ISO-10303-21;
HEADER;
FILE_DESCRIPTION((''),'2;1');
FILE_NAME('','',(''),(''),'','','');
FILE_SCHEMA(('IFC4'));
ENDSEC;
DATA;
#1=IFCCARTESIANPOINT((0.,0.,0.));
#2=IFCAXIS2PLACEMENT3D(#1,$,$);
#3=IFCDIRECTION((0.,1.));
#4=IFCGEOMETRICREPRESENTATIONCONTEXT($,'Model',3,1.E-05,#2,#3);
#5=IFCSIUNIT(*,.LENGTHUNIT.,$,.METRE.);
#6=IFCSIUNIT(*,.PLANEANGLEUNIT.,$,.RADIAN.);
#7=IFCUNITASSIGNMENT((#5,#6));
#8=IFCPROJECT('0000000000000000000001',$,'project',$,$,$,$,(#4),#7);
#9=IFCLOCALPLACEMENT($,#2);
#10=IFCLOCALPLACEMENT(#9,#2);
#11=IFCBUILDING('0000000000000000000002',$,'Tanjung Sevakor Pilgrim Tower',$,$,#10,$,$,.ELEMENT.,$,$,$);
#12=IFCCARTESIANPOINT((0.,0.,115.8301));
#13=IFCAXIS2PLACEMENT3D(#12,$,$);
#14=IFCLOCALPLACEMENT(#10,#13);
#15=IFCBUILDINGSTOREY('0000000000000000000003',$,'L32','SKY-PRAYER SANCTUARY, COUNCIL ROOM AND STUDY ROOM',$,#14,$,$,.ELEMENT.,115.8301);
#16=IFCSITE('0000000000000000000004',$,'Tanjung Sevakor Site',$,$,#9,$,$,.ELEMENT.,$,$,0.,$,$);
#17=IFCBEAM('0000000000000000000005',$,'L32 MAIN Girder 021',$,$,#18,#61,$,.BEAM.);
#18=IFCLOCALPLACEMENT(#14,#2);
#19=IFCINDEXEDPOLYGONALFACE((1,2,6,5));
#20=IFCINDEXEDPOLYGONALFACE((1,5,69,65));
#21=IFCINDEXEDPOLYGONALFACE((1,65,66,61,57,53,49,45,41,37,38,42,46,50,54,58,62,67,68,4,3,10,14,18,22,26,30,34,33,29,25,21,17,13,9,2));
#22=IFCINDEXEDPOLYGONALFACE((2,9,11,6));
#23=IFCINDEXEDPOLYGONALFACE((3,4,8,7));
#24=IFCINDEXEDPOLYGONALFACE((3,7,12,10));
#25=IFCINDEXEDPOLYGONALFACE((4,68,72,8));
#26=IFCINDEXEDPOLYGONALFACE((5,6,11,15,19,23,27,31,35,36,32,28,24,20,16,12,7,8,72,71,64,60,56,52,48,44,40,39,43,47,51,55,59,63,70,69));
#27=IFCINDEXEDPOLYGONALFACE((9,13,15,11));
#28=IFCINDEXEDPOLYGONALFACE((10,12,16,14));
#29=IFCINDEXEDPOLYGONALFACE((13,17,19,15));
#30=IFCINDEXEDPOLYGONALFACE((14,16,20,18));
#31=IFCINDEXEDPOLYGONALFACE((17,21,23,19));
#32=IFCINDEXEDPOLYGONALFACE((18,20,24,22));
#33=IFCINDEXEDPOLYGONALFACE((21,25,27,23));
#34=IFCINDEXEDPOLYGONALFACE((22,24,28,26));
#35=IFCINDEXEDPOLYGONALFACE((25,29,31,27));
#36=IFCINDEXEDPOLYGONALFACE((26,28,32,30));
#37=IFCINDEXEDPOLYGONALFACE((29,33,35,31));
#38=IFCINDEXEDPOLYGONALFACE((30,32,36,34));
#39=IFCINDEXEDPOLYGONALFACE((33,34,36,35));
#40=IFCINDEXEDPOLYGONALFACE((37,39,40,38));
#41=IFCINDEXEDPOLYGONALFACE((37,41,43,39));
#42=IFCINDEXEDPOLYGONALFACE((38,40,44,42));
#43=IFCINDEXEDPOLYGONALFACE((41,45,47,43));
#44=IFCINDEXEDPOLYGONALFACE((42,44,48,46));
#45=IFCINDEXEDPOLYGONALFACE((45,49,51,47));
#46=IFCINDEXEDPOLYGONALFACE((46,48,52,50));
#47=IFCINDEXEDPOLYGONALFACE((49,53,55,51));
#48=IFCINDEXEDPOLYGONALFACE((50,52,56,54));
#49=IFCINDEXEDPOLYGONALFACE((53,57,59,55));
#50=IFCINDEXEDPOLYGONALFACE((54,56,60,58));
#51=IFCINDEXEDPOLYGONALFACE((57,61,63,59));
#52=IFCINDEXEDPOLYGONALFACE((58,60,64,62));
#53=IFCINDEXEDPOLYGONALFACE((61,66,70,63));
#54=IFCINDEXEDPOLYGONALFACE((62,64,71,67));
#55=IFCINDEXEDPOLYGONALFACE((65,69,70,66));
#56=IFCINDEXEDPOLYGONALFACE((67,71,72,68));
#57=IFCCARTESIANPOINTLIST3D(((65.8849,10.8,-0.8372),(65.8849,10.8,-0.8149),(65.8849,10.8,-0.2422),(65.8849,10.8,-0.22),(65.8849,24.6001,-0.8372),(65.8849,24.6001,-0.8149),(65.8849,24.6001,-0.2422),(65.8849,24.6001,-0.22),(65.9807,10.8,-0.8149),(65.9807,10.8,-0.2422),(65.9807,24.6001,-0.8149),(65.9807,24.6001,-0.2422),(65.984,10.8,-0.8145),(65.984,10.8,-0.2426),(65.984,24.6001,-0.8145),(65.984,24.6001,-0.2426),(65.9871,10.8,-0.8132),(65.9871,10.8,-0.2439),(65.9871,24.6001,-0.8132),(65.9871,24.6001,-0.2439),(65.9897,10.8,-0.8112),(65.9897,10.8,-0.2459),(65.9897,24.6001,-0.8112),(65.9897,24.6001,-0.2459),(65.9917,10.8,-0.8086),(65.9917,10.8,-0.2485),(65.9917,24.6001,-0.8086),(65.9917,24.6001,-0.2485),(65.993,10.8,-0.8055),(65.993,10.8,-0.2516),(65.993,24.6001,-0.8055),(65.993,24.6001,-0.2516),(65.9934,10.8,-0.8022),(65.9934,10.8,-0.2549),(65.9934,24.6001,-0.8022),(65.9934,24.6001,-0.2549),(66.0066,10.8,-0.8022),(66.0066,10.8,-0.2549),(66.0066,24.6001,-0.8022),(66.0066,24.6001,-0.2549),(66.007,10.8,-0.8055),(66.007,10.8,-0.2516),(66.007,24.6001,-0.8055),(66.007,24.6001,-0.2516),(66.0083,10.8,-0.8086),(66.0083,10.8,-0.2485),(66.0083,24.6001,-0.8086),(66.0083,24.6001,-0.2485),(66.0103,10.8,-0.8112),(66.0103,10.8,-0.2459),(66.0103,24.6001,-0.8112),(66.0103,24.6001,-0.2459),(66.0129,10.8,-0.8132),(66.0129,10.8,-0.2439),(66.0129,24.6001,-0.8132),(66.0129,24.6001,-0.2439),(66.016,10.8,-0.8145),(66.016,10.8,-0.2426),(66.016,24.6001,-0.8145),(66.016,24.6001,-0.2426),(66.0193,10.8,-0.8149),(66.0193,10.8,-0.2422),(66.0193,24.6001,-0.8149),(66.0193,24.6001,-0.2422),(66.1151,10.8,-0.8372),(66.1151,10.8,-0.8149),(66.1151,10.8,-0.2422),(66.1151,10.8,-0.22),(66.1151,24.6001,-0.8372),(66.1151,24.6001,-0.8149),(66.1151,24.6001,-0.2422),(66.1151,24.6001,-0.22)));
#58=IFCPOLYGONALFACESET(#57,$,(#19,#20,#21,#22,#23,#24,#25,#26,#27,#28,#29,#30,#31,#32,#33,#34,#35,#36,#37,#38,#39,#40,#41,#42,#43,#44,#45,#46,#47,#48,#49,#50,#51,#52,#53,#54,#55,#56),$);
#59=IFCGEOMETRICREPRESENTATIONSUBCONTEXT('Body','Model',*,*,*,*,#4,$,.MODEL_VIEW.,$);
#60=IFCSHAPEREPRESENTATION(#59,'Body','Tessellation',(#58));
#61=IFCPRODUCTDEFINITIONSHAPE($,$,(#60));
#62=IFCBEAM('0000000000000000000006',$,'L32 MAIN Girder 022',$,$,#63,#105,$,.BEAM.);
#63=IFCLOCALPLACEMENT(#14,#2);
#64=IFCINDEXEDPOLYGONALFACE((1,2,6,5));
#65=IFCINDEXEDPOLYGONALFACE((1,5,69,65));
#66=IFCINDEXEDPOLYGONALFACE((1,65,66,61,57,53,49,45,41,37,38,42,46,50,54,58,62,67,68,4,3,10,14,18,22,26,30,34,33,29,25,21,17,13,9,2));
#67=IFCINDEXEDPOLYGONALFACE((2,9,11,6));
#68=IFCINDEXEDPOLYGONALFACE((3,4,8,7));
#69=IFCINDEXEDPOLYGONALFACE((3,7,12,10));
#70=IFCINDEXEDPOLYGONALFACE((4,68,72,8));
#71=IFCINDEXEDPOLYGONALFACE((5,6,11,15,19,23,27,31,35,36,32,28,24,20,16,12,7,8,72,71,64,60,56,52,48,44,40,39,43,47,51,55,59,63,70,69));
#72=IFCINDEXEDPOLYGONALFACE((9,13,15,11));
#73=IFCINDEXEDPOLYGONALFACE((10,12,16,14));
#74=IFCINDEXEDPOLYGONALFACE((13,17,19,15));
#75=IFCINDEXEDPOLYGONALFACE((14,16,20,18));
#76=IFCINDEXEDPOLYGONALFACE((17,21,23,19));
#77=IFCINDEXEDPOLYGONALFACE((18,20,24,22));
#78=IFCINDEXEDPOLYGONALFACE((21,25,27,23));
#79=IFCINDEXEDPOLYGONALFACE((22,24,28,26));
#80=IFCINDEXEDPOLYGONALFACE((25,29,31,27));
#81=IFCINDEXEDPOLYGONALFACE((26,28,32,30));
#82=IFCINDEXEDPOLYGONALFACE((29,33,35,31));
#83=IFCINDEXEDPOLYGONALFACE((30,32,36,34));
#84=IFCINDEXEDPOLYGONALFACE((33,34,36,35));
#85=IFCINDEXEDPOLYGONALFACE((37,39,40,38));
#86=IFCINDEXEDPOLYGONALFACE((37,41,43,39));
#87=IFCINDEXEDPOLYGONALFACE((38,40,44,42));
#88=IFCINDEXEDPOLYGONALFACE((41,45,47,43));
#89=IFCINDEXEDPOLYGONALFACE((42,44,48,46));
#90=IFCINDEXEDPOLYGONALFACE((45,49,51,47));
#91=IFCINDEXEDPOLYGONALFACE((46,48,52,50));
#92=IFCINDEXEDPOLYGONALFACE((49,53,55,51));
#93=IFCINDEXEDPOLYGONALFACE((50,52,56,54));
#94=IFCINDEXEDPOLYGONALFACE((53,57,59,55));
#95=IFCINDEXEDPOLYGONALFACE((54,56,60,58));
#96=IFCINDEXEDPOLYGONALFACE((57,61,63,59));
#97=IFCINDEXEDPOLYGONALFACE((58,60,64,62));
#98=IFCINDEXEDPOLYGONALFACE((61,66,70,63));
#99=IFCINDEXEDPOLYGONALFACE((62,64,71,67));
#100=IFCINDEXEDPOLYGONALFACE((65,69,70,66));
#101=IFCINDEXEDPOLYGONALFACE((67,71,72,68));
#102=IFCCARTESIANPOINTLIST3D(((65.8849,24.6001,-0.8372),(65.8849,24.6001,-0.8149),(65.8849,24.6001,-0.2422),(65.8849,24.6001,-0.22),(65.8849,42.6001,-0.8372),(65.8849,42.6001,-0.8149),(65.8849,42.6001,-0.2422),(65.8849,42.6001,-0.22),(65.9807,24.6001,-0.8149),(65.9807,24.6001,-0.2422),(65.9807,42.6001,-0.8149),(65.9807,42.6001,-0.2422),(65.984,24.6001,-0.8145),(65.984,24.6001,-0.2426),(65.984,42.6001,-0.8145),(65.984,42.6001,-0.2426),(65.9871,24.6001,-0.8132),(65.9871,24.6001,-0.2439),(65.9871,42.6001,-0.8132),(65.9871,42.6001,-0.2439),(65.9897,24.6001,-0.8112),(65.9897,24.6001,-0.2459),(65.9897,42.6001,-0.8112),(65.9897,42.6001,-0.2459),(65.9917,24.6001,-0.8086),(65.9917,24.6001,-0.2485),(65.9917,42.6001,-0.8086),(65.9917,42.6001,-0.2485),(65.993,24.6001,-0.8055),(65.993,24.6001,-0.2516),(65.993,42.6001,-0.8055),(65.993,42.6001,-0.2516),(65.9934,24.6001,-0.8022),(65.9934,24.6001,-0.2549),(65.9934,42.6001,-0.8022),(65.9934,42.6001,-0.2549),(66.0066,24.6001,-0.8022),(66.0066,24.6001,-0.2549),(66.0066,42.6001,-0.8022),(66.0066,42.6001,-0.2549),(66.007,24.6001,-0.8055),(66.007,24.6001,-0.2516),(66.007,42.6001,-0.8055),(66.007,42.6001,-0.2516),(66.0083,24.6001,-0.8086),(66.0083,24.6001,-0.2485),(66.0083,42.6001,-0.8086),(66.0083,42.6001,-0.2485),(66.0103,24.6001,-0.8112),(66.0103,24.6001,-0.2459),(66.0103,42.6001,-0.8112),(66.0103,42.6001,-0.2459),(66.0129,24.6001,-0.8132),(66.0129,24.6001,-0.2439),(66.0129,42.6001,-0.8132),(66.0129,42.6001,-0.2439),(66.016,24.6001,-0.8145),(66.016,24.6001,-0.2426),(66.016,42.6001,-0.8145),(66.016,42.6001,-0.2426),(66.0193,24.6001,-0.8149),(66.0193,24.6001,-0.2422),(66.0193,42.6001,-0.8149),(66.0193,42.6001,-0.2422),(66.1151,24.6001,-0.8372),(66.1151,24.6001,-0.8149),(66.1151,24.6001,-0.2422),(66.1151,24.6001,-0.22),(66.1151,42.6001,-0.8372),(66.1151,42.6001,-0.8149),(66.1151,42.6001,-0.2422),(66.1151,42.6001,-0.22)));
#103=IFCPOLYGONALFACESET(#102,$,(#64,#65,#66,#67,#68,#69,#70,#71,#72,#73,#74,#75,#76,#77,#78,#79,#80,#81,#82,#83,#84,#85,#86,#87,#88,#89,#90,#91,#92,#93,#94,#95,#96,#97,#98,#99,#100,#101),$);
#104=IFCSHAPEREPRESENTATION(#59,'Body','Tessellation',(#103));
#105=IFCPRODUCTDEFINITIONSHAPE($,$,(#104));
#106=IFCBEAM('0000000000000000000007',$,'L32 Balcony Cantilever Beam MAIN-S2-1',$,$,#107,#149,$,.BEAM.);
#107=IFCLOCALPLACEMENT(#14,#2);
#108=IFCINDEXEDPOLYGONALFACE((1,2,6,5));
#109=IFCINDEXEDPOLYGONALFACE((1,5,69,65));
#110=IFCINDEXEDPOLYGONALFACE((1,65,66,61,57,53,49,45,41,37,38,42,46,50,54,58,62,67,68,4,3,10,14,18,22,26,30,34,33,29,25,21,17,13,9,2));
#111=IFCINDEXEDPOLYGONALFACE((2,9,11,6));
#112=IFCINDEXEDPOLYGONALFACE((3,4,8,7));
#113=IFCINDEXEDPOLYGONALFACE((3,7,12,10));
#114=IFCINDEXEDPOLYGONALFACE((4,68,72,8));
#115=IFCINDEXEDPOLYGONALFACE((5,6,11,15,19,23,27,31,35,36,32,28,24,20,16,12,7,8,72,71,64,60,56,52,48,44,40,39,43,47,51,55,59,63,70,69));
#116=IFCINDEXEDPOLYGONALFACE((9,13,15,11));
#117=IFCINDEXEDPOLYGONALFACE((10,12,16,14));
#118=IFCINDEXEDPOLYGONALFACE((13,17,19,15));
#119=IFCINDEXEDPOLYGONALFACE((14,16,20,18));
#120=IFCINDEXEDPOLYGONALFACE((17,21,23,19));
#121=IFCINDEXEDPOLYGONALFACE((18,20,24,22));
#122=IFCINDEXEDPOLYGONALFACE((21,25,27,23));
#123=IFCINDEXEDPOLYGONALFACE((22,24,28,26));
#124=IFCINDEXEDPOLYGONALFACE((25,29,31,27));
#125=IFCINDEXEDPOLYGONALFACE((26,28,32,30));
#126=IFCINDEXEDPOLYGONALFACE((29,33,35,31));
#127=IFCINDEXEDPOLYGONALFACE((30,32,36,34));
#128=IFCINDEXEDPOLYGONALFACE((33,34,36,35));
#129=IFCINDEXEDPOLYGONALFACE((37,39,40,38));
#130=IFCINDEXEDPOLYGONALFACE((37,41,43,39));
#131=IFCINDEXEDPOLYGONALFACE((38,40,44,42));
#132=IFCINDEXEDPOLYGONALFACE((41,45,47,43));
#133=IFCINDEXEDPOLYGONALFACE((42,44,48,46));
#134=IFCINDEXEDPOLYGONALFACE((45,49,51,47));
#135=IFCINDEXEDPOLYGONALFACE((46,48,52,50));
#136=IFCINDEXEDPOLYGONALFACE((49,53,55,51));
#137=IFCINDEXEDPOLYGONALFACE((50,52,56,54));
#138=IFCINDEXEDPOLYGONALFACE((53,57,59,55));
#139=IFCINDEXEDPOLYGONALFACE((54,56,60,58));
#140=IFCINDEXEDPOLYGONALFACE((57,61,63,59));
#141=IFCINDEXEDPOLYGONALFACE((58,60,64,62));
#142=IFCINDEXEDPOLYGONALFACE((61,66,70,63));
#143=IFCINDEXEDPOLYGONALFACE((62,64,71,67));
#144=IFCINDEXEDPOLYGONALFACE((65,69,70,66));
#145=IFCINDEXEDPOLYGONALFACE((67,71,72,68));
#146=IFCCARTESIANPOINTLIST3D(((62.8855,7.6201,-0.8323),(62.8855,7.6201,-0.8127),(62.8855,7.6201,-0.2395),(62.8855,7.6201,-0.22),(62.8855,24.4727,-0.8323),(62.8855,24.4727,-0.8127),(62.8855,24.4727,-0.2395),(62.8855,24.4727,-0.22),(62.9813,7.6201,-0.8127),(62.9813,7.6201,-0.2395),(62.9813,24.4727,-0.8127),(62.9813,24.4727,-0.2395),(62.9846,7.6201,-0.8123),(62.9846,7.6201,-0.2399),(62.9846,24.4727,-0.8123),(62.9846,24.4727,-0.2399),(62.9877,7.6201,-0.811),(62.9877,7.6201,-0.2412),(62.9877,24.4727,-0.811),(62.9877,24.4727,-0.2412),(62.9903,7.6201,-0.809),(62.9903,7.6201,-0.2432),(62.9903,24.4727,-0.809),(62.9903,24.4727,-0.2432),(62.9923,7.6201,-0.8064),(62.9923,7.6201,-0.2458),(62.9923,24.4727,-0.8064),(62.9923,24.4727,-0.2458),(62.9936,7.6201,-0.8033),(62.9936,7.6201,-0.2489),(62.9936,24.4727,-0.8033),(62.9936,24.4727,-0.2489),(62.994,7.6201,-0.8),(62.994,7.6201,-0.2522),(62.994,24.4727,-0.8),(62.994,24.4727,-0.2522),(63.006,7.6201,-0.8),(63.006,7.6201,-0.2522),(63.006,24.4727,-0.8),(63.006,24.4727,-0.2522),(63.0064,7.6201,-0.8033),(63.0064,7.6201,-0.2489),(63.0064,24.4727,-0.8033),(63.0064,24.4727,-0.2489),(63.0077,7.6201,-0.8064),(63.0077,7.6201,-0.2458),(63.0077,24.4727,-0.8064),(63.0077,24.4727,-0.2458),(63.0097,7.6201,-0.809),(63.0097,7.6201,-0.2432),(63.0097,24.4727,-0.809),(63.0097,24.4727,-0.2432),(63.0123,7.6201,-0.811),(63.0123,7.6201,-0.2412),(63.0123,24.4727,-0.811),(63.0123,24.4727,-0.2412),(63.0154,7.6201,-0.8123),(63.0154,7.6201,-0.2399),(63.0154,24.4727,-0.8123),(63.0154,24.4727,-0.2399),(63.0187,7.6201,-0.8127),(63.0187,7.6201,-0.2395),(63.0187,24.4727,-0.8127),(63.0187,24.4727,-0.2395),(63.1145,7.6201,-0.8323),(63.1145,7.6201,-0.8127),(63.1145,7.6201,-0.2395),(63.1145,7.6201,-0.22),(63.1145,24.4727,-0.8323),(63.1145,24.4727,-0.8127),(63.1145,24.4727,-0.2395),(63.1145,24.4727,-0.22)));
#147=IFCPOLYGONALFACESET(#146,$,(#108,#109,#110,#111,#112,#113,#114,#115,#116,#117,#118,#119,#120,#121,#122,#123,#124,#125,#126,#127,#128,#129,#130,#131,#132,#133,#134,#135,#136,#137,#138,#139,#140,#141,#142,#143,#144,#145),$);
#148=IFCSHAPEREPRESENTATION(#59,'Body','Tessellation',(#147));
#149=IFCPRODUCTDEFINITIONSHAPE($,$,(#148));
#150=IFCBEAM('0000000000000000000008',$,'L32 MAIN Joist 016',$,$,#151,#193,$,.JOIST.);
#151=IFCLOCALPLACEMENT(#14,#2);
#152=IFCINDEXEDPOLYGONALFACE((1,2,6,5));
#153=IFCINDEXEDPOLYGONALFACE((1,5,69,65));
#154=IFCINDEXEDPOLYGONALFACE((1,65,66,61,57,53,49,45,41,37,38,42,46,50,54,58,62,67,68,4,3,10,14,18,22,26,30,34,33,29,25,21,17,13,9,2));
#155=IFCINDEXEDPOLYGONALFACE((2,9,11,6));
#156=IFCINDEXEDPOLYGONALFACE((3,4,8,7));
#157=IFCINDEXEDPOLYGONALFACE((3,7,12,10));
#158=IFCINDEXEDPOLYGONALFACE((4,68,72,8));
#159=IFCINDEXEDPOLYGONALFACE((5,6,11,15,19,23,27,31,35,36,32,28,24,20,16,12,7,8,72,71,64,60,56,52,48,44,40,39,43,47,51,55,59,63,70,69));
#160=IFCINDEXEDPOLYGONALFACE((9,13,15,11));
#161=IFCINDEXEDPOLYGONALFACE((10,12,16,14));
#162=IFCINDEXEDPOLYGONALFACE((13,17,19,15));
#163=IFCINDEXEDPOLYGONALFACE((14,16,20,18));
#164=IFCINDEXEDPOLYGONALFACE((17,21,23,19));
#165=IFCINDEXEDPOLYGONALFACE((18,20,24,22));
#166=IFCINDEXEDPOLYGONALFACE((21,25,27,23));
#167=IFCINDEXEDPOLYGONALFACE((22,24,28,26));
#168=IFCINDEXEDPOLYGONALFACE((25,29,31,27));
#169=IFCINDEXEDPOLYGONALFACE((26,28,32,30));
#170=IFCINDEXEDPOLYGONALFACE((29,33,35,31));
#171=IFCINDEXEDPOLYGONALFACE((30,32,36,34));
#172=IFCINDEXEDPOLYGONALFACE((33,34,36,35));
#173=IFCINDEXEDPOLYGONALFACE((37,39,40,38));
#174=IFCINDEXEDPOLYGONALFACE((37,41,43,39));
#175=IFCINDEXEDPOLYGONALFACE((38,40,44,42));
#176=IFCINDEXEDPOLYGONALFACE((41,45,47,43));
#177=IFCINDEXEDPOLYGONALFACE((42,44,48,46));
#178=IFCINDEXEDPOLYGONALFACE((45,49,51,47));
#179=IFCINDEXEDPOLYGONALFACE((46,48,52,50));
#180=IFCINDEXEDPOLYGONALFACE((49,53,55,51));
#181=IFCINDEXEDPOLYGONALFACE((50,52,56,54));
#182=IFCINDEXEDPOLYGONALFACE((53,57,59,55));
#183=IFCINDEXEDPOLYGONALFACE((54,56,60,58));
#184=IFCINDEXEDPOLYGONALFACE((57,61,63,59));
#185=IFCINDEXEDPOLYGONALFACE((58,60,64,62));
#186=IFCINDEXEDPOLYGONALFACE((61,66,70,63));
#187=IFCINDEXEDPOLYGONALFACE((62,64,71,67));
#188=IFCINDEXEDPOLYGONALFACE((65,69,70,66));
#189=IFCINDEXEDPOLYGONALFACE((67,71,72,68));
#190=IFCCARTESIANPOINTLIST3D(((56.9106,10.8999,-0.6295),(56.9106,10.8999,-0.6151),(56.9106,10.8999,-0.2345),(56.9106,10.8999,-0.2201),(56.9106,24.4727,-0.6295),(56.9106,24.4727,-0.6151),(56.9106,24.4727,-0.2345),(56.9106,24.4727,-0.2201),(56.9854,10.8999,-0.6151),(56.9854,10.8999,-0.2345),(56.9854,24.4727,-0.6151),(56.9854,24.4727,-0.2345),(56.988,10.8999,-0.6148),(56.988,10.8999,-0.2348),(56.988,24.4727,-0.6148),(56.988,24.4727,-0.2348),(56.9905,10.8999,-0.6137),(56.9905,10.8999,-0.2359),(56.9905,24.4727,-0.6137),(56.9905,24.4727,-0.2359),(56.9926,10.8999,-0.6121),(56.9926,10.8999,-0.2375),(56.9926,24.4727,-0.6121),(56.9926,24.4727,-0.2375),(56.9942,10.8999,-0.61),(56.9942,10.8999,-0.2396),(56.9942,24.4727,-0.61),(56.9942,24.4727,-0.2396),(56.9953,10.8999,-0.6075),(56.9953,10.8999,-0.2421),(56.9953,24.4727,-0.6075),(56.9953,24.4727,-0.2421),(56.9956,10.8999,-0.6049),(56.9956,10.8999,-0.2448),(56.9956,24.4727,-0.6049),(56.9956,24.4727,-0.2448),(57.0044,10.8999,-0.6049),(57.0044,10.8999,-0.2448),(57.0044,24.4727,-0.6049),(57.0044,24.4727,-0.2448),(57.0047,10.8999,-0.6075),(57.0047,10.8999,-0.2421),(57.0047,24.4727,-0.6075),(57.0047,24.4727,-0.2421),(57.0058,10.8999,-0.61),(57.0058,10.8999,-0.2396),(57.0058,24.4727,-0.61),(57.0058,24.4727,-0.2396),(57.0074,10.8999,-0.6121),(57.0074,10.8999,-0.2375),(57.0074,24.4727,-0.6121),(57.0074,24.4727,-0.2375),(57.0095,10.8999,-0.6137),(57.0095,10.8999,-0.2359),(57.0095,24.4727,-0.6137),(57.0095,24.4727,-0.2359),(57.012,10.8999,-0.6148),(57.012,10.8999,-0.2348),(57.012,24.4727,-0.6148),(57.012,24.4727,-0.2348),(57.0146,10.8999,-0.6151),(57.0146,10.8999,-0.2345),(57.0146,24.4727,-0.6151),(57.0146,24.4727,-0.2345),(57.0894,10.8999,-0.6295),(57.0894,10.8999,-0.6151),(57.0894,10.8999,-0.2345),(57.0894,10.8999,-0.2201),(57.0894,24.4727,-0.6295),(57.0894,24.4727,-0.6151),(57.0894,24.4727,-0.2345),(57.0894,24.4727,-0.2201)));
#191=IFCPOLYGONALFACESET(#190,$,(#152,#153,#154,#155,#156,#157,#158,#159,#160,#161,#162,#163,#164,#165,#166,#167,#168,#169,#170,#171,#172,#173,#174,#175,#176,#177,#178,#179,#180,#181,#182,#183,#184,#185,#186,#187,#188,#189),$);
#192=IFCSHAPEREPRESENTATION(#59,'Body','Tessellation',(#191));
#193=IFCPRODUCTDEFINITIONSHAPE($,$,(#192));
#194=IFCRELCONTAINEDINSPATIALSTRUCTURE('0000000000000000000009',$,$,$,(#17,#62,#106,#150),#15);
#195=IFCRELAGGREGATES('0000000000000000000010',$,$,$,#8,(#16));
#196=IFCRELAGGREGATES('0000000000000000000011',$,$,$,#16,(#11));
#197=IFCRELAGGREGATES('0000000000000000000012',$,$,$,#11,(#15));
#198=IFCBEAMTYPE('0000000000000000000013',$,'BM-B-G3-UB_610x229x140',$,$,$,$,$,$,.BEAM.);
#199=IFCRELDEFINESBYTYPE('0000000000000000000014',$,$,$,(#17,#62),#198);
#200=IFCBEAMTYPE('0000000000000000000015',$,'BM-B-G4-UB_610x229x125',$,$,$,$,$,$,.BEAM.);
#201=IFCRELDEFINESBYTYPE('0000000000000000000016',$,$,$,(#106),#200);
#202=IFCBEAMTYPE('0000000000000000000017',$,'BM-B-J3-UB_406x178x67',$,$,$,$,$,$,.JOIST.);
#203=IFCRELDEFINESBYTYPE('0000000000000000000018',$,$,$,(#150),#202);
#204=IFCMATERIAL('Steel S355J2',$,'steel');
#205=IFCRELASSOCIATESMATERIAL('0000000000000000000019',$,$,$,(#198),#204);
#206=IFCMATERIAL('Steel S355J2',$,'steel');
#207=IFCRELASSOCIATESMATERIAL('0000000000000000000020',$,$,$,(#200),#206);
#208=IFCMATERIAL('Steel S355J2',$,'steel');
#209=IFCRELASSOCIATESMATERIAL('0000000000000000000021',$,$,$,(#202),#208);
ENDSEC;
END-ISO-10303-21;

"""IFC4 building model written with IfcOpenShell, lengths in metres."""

from ifc_helpers import new_model, si_unit, direction, frame, origin, origin_2d, place, context, subcontext, project, spatial, i_section, extrude, material, material_profile, profile_set, type_object, element, save


model = new_model("IFC4")

# Units and contexts
model_context = context("Model", 3, precision=1e-05, world=origin(), true_north=direction((0.0, 1.0)))
body_context = subcontext(model_context, "Body", "Model", "MODEL_VIEW")
ifc_project = project(units=[si_unit("LENGTHUNIT", "METRE"), si_unit("PLANEANGLEUNIT", "RADIAN")], contexts=[model_context])

# Site, building, storey
site_placement = place(None, origin())
site = spatial("IfcSite", under=ifc_project, at=site_placement, Name="Tanjung Sevakor Site", CompositionType="ELEMENT", RefElevation=0.0)
building_placement = place(site_placement, origin())
building = spatial("IfcBuilding", under=site, at=building_placement, Name="Tanjung Sevakor Pilgrim Tower", CompositionType="ELEMENT")
storey_placement = place(building_placement, frame((0.0, 0.0, 115.8301)))
storey = spatial("IfcBuildingStorey", under=building, at=storey_placement, Name="L32", Description="SKY-PRAYER SANCTUARY, COUNCIL ROOM AND STUDY ROOM", CompositionType="ELEMENT", Elevation=115.8301)

# Beams
ifc_material_1 = material(Name="Steel S355J2", Category="steel")
ifc_material_profile_1 = material_profile(ifc_material_1, i_section(OverallWidth=0.2302, OverallDepth=0.6172, WebThickness=0.0132, FlangeThickness=0.0222, FilletRadius=0.0127, at=origin_2d()))
ifc_profile_set_1 = profile_set([ifc_material_profile_1], Name="Steel S355J2")
beam_type_1 = type_object("IfcBeamType", Name="BM-B-G3-UB_610x229x140", PredefinedType="BEAM", material=ifc_profile_set_1)
beam_1_placement = place(storey_placement, frame((66.0, 10.8, -0.5286), z_axis=(0.0, 1.0, 0.0), x_axis=(-1.0, 0.0, 0.0)))
element("IfcBeam", 1, at=beam_1_placement, inside=storey, type_object=beam_type_1, Name="L32 MAIN Girder 021", PredefinedType="BEAM", context=body_context, shape_type="SweptSolid", body=[
    extrude(i_section(OverallWidth=0.2302, OverallDepth=0.6172, WebThickness=0.0132, FlangeThickness=0.0222, FilletRadius=0.0127, at=origin_2d()), origin(), (0.0, 0.0, 1.0), 13.8),
])
beam_2_placement = place(storey_placement, frame((66.0, 24.6001, -0.5286), z_axis=(0.0, 1.0, 0.0), x_axis=(-1.0, 0.0, 0.0)))
element("IfcBeam", 2, at=beam_2_placement, inside=storey, type_object=beam_type_1, Name="L32 MAIN Girder 022", PredefinedType="BEAM", context=body_context, shape_type="SweptSolid", body=[
    extrude(i_section(OverallWidth=0.2302, OverallDepth=0.6172, WebThickness=0.0132, FlangeThickness=0.0222, FilletRadius=0.0127, at=origin_2d()), origin(), (0.0, 0.0, 1.0), 18.0),
])
ifc_material_2 = material(Name="Steel S355J2", Category="steel")
ifc_material_profile_2 = material_profile(ifc_material_2, i_section(OverallWidth=0.229, OverallDepth=0.6123, WebThickness=0.012, FlangeThickness=0.0195, FilletRadius=0.0127, at=origin_2d()))
ifc_profile_set_2 = profile_set([ifc_material_profile_2], Name="Steel S355J2")
beam_type_2 = type_object("IfcBeamType", Name="BM-B-G4-UB_610x229x125", PredefinedType="BEAM", material=ifc_profile_set_2)
beam_3_placement = place(storey_placement, frame((63.0, 24.4727, -0.5261), z_axis=(0.0, -1.0, 0.0), x_axis=(1.0, 0.0, 0.0)))
element("IfcBeam", 3, at=beam_3_placement, inside=storey, type_object=beam_type_2, Name="L32 Balcony Cantilever Beam MAIN-S2-1", PredefinedType="BEAM", context=body_context, shape_type="SweptSolid", body=[
    extrude(i_section(OverallWidth=0.229, OverallDepth=0.6123, WebThickness=0.012, FlangeThickness=0.0195, FilletRadius=0.0127, at=origin_2d()), origin(), (0.0, 0.0, 1.0), 16.8525),
])
ifc_material_3 = material(Name="Steel S355J2", Category="steel")
ifc_material_profile_3 = material_profile(ifc_material_3, i_section(OverallWidth=0.1787, OverallDepth=0.4094, WebThickness=0.0088, FlangeThickness=0.0144, FilletRadius=0.0103, at=origin_2d()))
ifc_profile_set_3 = profile_set([ifc_material_profile_3], Name="Steel S355J2")
beam_type_3 = type_object("IfcBeamType", Name="BM-B-J3-UB_406x178x67", PredefinedType="JOIST", material=ifc_profile_set_3)
beam_4_placement = place(storey_placement, frame((57.0, 10.8999, -0.4248), z_axis=(0.0, 1.0, 0.0), x_axis=(-1.0, 0.0, 0.0)))
element("IfcBeam", 4, at=beam_4_placement, inside=storey, type_object=beam_type_3, Name="L32 MAIN Joist 016", PredefinedType="JOIST", context=body_context, shape_type="SweptSolid", body=[
    extrude(i_section(OverallWidth=0.1787, OverallDepth=0.4094, WebThickness=0.0088, FlangeThickness=0.0144, FilletRadius=0.0103, at=origin_2d()), origin(), (0.0, 0.0, 1.0), 13.5728),
])

save(model, "model.ifc")
